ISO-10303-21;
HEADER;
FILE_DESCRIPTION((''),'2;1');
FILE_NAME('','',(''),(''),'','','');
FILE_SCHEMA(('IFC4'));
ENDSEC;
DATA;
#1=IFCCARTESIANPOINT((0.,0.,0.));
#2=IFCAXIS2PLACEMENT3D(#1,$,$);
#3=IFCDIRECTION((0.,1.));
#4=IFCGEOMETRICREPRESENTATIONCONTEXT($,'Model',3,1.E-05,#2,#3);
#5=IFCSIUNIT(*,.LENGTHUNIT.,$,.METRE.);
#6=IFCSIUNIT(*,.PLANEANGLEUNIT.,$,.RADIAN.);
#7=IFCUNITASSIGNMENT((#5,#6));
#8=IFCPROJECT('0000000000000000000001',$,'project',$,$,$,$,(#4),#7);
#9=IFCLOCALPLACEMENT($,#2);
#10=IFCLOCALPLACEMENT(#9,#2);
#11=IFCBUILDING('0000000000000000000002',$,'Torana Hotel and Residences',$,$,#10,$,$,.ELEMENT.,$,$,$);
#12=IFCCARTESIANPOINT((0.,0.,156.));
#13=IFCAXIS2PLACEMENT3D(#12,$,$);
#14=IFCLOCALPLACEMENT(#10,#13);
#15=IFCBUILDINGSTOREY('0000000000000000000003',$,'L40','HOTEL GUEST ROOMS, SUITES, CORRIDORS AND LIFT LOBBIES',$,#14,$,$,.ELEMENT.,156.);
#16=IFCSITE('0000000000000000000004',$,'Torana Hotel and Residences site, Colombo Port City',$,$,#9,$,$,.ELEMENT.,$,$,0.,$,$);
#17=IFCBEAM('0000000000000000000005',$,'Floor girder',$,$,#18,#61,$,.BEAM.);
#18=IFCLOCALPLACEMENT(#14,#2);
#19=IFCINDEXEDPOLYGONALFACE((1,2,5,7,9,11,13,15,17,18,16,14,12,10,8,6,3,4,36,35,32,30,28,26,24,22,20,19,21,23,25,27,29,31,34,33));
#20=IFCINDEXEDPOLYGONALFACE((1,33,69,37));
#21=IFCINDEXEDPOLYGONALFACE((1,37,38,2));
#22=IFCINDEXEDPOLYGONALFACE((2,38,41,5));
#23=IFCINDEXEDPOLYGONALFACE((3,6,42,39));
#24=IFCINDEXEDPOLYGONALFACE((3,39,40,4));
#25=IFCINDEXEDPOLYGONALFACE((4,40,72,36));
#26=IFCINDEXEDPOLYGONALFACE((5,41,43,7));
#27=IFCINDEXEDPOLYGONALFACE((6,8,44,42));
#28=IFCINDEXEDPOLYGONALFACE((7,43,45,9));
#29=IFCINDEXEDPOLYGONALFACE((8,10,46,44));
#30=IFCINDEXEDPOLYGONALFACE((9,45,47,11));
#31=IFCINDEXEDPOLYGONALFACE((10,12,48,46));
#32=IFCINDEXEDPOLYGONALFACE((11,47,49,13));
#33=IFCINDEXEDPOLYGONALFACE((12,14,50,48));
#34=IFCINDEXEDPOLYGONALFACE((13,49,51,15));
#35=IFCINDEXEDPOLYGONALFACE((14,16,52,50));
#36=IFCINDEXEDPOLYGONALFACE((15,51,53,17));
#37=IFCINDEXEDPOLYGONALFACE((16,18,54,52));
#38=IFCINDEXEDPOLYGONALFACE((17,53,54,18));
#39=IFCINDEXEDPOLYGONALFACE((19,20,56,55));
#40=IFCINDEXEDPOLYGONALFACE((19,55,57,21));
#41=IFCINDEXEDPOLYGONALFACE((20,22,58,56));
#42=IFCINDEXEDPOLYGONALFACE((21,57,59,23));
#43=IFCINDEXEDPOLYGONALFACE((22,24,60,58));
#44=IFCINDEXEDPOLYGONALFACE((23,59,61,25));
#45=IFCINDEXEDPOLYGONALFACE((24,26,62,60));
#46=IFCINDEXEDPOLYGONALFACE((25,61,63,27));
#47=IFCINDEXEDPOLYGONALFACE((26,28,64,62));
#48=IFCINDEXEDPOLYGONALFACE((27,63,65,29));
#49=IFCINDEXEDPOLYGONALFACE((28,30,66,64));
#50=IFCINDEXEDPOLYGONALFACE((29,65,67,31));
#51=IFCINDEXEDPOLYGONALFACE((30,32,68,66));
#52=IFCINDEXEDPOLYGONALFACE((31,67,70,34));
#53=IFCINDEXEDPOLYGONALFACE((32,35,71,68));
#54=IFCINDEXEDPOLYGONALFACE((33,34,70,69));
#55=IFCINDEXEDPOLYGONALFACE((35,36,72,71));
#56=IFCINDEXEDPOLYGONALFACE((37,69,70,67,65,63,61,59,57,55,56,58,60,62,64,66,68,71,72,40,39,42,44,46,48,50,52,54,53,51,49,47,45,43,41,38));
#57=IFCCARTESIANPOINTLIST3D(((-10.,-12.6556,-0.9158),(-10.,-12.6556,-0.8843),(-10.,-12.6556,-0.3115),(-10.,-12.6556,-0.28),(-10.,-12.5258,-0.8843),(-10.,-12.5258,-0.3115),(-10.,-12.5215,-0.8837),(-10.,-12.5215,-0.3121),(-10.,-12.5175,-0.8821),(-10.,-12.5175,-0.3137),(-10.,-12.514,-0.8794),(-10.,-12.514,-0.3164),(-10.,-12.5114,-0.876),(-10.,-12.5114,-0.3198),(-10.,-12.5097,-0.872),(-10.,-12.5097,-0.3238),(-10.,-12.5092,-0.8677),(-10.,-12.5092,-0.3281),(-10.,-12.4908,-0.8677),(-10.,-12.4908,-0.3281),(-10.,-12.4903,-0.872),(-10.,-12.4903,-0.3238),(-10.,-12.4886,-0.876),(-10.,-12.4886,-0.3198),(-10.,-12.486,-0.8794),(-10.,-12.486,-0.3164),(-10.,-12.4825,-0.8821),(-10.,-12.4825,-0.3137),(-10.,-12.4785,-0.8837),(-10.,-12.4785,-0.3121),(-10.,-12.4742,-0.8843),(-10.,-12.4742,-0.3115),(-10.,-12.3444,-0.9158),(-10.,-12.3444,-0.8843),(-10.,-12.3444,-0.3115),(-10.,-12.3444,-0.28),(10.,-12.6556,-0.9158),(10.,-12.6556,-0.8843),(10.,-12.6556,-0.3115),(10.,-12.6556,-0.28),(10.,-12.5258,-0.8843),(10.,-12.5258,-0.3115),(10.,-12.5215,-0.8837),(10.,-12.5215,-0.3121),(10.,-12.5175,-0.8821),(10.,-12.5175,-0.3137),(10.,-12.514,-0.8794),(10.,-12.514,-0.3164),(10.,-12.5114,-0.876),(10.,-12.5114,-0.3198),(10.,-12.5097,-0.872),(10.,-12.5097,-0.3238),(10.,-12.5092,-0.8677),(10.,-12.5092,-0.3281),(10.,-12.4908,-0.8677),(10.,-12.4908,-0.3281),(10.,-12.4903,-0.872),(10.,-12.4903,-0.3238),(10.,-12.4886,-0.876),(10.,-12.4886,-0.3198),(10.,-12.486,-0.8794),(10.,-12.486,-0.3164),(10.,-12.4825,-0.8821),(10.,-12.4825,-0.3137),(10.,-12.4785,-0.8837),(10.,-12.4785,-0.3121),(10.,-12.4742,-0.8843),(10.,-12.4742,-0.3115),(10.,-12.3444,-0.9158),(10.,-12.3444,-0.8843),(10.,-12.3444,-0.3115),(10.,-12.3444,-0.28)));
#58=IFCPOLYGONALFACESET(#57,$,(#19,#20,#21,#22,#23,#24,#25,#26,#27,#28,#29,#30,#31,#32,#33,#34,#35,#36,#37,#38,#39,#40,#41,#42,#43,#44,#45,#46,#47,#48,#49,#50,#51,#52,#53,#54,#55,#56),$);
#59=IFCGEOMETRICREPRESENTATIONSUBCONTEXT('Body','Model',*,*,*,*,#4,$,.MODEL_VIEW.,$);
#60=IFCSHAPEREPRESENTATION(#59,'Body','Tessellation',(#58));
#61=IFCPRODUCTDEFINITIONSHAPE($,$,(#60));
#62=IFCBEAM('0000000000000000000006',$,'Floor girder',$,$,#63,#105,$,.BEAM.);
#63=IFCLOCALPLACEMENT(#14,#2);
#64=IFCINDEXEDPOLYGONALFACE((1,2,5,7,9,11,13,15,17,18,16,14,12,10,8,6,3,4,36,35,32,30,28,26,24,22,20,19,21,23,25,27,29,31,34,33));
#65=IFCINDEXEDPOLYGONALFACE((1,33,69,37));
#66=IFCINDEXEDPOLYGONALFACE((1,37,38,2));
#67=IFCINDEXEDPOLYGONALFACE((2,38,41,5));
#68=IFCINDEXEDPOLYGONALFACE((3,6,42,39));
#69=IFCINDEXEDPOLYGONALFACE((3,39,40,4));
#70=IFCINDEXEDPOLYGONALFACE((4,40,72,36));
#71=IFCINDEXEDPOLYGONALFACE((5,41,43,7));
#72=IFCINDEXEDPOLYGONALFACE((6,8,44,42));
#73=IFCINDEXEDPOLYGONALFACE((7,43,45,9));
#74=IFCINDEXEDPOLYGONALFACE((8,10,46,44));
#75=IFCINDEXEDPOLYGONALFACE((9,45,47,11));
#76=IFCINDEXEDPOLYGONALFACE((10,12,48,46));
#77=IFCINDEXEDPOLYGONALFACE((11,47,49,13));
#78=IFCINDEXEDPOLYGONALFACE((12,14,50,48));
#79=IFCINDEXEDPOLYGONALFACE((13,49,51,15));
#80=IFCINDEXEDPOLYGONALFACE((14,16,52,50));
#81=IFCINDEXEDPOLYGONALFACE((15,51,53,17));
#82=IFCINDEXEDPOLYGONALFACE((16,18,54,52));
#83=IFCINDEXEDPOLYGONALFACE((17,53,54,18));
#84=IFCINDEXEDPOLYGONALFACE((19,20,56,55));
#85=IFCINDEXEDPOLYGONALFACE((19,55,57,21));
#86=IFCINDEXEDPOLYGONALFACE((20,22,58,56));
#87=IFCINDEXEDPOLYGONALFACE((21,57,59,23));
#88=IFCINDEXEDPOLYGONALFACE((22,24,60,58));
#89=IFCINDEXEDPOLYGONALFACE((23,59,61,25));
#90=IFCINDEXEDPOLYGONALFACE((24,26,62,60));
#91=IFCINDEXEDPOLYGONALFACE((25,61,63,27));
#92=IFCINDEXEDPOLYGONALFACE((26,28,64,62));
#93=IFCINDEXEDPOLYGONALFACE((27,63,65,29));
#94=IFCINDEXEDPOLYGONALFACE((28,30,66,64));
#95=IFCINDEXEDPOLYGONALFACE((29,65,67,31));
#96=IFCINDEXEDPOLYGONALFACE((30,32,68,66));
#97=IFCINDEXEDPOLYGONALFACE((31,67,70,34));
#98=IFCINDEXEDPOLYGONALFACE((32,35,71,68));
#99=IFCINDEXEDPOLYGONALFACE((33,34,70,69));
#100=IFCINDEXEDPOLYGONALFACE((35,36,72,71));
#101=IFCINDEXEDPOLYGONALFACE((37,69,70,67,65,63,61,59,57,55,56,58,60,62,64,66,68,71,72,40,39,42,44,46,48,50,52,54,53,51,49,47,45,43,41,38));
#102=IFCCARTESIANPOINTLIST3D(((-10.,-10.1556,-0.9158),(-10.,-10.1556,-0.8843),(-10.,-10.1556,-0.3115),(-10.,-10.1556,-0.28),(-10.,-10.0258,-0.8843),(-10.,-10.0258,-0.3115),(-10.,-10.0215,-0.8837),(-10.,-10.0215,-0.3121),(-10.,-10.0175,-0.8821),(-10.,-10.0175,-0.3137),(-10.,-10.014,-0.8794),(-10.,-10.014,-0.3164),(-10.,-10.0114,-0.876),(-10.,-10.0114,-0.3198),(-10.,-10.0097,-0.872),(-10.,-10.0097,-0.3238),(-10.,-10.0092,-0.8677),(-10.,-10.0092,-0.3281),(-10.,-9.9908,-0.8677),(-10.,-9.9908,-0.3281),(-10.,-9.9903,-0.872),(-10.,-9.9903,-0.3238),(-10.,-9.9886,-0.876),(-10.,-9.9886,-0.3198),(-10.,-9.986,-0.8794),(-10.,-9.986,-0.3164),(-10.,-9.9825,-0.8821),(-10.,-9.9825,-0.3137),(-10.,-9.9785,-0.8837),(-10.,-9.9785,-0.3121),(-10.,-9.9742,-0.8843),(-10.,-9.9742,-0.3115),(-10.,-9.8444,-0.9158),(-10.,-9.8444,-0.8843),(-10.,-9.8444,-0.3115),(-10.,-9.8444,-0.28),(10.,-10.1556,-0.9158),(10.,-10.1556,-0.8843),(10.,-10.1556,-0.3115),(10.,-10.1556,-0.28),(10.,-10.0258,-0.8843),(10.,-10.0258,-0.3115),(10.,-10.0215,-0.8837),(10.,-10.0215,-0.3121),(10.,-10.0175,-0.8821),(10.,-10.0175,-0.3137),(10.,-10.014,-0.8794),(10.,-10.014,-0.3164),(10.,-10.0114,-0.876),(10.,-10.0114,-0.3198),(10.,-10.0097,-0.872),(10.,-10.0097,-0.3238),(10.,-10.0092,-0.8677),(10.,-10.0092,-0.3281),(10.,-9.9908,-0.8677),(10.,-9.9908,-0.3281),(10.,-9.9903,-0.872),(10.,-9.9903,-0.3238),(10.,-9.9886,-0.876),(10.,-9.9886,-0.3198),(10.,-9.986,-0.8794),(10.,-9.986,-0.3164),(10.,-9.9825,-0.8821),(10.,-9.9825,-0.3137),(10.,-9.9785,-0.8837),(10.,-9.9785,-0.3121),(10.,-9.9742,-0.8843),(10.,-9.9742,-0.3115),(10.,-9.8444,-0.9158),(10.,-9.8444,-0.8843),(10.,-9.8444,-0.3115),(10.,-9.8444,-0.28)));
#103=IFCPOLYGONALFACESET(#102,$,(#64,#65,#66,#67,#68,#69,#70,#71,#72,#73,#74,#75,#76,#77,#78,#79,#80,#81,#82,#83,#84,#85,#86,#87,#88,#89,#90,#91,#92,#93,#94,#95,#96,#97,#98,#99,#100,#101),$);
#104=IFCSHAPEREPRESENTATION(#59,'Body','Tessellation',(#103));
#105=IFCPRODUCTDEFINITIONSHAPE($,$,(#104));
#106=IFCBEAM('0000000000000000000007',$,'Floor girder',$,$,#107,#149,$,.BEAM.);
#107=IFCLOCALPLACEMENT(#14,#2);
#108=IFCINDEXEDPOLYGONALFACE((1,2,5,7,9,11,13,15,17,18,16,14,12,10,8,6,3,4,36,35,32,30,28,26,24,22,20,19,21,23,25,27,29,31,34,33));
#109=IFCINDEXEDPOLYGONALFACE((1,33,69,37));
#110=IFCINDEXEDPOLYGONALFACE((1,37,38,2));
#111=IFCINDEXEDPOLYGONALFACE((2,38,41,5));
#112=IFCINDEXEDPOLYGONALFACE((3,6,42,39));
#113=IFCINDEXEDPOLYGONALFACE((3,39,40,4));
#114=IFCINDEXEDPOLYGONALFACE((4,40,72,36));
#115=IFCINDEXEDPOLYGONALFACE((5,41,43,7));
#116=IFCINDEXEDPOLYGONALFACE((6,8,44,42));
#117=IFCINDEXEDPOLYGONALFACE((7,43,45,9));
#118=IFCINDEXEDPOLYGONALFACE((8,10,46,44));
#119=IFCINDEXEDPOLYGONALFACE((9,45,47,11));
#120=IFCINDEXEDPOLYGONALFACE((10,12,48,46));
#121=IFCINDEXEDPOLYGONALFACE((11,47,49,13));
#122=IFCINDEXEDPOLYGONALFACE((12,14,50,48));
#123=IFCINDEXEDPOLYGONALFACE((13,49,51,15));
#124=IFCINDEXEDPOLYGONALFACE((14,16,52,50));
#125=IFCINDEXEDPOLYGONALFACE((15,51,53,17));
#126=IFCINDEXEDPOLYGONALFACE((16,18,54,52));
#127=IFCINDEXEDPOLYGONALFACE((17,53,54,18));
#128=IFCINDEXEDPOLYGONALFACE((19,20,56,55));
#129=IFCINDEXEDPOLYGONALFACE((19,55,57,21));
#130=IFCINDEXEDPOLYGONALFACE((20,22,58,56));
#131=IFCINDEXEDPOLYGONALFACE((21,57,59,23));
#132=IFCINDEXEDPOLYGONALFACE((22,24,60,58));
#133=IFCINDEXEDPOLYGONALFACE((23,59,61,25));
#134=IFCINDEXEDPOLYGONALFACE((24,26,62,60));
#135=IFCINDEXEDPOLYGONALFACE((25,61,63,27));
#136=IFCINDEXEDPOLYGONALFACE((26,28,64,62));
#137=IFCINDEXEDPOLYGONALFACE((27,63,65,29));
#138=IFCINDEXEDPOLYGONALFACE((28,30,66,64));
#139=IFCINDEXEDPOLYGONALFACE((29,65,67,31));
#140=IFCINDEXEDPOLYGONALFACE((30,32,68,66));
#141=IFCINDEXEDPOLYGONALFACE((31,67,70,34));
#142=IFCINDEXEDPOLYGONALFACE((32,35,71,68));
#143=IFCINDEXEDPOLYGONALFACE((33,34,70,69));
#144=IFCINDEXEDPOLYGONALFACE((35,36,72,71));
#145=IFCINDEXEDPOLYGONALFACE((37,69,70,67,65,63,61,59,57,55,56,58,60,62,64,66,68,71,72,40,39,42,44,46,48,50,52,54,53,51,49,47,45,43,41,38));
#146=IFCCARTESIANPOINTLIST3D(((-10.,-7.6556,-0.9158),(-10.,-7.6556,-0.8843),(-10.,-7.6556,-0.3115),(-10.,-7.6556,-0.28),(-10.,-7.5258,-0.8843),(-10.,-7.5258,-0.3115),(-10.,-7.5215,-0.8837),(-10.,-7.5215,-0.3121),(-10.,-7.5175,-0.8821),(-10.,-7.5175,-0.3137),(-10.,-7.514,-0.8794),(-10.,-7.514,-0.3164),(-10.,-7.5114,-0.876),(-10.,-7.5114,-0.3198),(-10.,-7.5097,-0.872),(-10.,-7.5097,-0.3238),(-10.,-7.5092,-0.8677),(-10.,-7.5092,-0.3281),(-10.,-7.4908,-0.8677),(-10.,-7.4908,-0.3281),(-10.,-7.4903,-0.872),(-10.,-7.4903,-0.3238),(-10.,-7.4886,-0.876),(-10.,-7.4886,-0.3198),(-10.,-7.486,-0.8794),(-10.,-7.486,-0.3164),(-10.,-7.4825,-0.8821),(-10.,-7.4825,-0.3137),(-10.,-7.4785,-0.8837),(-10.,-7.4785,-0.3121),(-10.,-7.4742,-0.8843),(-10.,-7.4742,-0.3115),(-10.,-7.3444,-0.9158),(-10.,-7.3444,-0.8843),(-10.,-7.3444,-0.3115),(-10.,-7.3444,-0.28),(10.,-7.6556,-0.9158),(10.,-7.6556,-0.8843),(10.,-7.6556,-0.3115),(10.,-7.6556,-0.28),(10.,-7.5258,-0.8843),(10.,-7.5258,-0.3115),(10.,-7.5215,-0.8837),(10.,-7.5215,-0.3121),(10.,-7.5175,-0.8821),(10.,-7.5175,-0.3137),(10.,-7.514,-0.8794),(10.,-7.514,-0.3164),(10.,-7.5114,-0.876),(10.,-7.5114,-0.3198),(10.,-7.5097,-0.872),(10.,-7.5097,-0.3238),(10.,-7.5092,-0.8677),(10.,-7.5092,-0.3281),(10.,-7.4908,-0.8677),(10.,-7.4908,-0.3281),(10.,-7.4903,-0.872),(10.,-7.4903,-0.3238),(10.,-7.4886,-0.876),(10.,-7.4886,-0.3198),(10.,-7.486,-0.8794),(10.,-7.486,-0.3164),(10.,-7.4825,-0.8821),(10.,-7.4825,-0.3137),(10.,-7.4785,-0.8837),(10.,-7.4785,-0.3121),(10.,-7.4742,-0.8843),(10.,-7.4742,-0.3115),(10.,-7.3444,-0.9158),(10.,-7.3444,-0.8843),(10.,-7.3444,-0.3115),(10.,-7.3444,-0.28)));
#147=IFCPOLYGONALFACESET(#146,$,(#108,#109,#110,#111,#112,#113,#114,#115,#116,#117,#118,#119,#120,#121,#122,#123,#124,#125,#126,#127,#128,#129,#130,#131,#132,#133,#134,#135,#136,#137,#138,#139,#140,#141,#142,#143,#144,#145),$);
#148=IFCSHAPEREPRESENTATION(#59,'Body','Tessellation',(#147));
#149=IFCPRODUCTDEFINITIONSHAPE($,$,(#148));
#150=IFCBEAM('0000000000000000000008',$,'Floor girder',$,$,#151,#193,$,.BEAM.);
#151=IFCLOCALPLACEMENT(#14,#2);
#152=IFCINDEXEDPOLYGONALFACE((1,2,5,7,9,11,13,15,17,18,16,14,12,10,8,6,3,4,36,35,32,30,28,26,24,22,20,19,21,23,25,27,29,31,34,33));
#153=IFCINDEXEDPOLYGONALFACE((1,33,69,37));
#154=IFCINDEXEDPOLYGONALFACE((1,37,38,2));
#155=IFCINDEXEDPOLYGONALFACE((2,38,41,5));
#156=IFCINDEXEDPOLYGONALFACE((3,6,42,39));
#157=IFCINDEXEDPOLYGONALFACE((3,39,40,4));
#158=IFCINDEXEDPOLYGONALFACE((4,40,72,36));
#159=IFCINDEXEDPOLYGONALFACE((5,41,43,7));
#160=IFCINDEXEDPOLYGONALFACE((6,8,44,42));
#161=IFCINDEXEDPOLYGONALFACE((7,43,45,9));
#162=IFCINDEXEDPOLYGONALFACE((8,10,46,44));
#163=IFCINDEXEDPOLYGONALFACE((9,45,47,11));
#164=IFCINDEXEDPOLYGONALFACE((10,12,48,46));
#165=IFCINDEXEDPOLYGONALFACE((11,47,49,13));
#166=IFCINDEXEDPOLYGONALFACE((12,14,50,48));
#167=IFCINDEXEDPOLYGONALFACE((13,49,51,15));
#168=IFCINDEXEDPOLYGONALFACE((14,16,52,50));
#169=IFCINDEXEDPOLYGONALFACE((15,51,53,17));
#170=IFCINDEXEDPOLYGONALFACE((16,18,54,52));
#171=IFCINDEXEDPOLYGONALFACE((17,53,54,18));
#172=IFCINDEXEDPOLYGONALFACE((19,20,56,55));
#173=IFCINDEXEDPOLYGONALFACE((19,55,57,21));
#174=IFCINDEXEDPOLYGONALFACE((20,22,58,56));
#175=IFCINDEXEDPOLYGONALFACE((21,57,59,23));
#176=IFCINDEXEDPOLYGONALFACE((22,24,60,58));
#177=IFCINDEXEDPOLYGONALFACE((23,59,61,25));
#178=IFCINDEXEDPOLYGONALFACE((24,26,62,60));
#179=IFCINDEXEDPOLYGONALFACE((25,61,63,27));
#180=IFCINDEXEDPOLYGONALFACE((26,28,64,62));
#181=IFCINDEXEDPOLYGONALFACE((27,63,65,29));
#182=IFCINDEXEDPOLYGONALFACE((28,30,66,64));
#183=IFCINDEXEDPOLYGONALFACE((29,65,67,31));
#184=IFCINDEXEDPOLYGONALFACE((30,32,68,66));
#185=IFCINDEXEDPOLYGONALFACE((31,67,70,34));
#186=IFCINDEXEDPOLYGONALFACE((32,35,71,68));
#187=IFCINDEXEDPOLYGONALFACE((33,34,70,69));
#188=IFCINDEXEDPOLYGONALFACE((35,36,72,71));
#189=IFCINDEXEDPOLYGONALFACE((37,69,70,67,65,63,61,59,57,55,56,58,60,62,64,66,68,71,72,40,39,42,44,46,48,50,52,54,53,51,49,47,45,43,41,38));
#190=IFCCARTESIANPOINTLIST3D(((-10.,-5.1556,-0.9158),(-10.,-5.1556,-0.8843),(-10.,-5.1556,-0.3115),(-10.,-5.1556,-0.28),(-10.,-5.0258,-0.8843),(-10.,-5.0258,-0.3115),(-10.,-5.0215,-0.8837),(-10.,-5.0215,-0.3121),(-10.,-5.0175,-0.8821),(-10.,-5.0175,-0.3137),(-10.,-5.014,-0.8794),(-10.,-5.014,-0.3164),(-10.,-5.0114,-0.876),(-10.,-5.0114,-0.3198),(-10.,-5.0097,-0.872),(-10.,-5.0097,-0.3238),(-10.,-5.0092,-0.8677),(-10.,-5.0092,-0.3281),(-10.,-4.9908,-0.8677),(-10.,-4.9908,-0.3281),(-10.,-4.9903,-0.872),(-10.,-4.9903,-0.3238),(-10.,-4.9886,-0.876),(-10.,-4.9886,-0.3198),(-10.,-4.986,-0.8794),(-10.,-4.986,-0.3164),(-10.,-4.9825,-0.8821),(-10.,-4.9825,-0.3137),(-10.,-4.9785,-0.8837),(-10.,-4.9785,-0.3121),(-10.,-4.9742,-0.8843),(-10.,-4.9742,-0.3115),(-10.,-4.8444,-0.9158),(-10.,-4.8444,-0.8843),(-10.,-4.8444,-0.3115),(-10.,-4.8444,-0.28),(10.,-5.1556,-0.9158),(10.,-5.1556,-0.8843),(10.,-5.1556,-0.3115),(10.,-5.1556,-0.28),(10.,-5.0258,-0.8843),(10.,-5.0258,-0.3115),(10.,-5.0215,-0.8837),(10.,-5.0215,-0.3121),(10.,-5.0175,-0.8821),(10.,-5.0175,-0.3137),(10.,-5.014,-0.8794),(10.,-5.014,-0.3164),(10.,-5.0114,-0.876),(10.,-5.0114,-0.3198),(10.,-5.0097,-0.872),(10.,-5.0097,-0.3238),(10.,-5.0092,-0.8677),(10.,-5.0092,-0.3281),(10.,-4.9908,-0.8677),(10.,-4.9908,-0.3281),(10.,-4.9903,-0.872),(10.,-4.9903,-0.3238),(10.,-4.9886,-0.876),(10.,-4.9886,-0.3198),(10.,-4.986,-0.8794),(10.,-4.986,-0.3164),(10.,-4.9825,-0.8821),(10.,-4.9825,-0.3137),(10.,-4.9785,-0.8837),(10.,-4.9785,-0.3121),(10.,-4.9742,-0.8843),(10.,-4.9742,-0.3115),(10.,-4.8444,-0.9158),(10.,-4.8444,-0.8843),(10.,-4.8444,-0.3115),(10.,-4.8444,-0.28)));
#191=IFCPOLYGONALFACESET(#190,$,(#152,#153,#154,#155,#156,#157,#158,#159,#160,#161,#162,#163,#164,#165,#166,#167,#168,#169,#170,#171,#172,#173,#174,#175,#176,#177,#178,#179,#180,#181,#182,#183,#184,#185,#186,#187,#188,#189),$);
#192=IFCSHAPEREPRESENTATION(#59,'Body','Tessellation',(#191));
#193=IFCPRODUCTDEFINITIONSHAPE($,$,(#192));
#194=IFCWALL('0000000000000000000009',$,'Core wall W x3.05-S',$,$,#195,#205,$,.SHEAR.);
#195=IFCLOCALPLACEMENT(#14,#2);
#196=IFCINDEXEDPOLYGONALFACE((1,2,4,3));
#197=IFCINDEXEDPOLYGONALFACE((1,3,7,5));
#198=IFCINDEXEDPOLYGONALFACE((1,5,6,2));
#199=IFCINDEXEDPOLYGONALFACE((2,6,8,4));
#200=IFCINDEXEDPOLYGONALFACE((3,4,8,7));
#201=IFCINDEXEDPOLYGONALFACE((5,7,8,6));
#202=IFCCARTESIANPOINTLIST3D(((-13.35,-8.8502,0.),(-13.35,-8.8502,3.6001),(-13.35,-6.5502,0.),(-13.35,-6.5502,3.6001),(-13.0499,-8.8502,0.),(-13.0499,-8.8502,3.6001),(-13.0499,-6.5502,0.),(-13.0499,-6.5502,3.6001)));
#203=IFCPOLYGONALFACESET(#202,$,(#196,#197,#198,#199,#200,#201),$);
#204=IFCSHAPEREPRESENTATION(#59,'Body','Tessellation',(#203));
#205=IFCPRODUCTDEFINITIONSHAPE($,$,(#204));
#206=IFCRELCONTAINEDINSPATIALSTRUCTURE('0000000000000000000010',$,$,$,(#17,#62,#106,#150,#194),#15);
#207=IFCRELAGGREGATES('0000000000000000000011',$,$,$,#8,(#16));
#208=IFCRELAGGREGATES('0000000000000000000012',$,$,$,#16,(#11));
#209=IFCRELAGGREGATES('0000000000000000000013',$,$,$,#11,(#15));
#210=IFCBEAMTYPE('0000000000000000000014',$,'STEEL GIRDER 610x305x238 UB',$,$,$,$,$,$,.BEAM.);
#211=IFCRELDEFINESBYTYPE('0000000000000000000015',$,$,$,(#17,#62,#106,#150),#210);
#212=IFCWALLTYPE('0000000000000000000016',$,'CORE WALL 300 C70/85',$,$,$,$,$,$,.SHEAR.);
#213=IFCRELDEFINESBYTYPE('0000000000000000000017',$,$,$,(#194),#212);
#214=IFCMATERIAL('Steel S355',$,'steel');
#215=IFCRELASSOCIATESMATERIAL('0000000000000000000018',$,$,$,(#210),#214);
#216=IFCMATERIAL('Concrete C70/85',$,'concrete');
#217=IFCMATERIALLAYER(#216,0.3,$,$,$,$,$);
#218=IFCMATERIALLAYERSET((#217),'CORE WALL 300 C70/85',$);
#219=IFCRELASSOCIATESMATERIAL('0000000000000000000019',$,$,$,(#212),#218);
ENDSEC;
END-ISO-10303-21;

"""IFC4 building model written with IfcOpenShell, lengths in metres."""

from ifc_helpers import new_model, si_unit, direction, frame, frame_2d, origin, origin_2d, place, context, subcontext, project, spatial, rectangle, i_section, extrude, material, layer, layer_set, material_profile, profile_set, type_object, element, save


model = new_model("IFC4")

# Units and contexts
model_context = context("Model", 3, precision=1e-05, world=origin(), true_north=direction((0.0, 1.0)))
body_context = subcontext(model_context, "Body", "Model", "MODEL_VIEW")
ifc_project = project(units=[si_unit("LENGTHUNIT", "METRE"), si_unit("PLANEANGLEUNIT", "RADIAN")], contexts=[model_context])

# Site, building, storey
site_placement = place(None, origin())
site = spatial("IfcSite", under=ifc_project, at=site_placement, Name="Torana Hotel and Residences site, Colombo Port City", CompositionType="ELEMENT", RefElevation=0.0)
building_placement = place(site_placement, origin())
building = spatial("IfcBuilding", under=site, at=building_placement, Name="Torana Hotel and Residences", CompositionType="ELEMENT")
storey_placement = place(building_placement, frame((0.0, 0.0, 156.0)))
storey = spatial("IfcBuildingStorey", under=building, at=storey_placement, Name="L40", Description="HOTEL GUEST ROOMS, SUITES, CORRIDORS AND LIFT LOBBIES", CompositionType="ELEMENT", Elevation=156.0)

# Beams
ifc_material_1 = material(Name="Steel S355", Category="steel")
ifc_material_profile = material_profile(ifc_material_1, i_section(OverallWidth=0.3113, OverallDepth=0.6357, WebThickness=0.0183, FlangeThickness=0.0315, FilletRadius=0.0166, at=origin_2d()), Name="610x305x238 UB")
ifc_profile_set = profile_set([ifc_material_profile], Name="Steel S355")
beam_type = type_object("IfcBeamType", Name="STEEL GIRDER 610x305x238 UB", PredefinedType="BEAM", material=ifc_profile_set)
for number, where, z_axis, x_axis, name in (
    (1, (-10.0, -12.5, -0.5979), (1.0, 0.0, 0.0), (0.0, 1.0, 0.0), "Floor girder"),
    (2, (-10.0, -10.0, -0.5979), (1.0, 0.0, 0.0), (0.0, 1.0, 0.0), "Floor girder"),
    (3, (-10.0, -7.5, -0.5979), (1.0, 0.0, 0.0), (0.0, 1.0, 0.0), "Floor girder"),
    (4, (-10.0, -5.0, -0.5979), (1.0, 0.0, 0.0), (0.0, 1.0, 0.0), "Floor girder"),
):
    element("IfcBeam", number, at=place(storey_placement, frame(where, z_axis=z_axis, x_axis=x_axis)), inside=storey, type_object=beam_type, Name=name, PredefinedType="BEAM", context=body_context, shape_type="SweptSolid", body=[
        extrude(i_section(OverallWidth=0.3113, OverallDepth=0.6357, WebThickness=0.0183, FlangeThickness=0.0315, FilletRadius=0.0166, at=origin_2d()), origin(), (0.0, 0.0, 1.0), 20.0),
    ])

# Wall
ifc_material_2 = material(Name="Concrete C70/85", Category="concrete")
ifc_layer_1 = layer(ifc_material_2, 0.3)
ifc_layer_set_1 = layer_set([ifc_layer_1], Name="CORE WALL 300 C70/85")
wall_type_1 = type_object("IfcWallType", Name="CORE WALL 300 C70/85", PredefinedType="SHEAR", material=ifc_layer_set_1)
wall_1_placement = place(storey_placement, frame((-13.2, -8.8501, 0.0), z_axis=(0.0, 0.0, 1.0), x_axis=(0.0, 1.0, 0.0)))
element("IfcWall", 5, at=wall_1_placement, inside=storey, type_object=wall_type_1, Name="Core wall W x3.05-S", PredefinedType="SHEAR", context=body_context, shape_type="SweptSolid", body=[
    extrude(rectangle(XDim=2.3, YDim=0.3, at=frame_2d((1.1499, 0.0))), origin(), (0.0, 0.0, 1.0), 3.6001),
])

save(model, "model.ifc")
